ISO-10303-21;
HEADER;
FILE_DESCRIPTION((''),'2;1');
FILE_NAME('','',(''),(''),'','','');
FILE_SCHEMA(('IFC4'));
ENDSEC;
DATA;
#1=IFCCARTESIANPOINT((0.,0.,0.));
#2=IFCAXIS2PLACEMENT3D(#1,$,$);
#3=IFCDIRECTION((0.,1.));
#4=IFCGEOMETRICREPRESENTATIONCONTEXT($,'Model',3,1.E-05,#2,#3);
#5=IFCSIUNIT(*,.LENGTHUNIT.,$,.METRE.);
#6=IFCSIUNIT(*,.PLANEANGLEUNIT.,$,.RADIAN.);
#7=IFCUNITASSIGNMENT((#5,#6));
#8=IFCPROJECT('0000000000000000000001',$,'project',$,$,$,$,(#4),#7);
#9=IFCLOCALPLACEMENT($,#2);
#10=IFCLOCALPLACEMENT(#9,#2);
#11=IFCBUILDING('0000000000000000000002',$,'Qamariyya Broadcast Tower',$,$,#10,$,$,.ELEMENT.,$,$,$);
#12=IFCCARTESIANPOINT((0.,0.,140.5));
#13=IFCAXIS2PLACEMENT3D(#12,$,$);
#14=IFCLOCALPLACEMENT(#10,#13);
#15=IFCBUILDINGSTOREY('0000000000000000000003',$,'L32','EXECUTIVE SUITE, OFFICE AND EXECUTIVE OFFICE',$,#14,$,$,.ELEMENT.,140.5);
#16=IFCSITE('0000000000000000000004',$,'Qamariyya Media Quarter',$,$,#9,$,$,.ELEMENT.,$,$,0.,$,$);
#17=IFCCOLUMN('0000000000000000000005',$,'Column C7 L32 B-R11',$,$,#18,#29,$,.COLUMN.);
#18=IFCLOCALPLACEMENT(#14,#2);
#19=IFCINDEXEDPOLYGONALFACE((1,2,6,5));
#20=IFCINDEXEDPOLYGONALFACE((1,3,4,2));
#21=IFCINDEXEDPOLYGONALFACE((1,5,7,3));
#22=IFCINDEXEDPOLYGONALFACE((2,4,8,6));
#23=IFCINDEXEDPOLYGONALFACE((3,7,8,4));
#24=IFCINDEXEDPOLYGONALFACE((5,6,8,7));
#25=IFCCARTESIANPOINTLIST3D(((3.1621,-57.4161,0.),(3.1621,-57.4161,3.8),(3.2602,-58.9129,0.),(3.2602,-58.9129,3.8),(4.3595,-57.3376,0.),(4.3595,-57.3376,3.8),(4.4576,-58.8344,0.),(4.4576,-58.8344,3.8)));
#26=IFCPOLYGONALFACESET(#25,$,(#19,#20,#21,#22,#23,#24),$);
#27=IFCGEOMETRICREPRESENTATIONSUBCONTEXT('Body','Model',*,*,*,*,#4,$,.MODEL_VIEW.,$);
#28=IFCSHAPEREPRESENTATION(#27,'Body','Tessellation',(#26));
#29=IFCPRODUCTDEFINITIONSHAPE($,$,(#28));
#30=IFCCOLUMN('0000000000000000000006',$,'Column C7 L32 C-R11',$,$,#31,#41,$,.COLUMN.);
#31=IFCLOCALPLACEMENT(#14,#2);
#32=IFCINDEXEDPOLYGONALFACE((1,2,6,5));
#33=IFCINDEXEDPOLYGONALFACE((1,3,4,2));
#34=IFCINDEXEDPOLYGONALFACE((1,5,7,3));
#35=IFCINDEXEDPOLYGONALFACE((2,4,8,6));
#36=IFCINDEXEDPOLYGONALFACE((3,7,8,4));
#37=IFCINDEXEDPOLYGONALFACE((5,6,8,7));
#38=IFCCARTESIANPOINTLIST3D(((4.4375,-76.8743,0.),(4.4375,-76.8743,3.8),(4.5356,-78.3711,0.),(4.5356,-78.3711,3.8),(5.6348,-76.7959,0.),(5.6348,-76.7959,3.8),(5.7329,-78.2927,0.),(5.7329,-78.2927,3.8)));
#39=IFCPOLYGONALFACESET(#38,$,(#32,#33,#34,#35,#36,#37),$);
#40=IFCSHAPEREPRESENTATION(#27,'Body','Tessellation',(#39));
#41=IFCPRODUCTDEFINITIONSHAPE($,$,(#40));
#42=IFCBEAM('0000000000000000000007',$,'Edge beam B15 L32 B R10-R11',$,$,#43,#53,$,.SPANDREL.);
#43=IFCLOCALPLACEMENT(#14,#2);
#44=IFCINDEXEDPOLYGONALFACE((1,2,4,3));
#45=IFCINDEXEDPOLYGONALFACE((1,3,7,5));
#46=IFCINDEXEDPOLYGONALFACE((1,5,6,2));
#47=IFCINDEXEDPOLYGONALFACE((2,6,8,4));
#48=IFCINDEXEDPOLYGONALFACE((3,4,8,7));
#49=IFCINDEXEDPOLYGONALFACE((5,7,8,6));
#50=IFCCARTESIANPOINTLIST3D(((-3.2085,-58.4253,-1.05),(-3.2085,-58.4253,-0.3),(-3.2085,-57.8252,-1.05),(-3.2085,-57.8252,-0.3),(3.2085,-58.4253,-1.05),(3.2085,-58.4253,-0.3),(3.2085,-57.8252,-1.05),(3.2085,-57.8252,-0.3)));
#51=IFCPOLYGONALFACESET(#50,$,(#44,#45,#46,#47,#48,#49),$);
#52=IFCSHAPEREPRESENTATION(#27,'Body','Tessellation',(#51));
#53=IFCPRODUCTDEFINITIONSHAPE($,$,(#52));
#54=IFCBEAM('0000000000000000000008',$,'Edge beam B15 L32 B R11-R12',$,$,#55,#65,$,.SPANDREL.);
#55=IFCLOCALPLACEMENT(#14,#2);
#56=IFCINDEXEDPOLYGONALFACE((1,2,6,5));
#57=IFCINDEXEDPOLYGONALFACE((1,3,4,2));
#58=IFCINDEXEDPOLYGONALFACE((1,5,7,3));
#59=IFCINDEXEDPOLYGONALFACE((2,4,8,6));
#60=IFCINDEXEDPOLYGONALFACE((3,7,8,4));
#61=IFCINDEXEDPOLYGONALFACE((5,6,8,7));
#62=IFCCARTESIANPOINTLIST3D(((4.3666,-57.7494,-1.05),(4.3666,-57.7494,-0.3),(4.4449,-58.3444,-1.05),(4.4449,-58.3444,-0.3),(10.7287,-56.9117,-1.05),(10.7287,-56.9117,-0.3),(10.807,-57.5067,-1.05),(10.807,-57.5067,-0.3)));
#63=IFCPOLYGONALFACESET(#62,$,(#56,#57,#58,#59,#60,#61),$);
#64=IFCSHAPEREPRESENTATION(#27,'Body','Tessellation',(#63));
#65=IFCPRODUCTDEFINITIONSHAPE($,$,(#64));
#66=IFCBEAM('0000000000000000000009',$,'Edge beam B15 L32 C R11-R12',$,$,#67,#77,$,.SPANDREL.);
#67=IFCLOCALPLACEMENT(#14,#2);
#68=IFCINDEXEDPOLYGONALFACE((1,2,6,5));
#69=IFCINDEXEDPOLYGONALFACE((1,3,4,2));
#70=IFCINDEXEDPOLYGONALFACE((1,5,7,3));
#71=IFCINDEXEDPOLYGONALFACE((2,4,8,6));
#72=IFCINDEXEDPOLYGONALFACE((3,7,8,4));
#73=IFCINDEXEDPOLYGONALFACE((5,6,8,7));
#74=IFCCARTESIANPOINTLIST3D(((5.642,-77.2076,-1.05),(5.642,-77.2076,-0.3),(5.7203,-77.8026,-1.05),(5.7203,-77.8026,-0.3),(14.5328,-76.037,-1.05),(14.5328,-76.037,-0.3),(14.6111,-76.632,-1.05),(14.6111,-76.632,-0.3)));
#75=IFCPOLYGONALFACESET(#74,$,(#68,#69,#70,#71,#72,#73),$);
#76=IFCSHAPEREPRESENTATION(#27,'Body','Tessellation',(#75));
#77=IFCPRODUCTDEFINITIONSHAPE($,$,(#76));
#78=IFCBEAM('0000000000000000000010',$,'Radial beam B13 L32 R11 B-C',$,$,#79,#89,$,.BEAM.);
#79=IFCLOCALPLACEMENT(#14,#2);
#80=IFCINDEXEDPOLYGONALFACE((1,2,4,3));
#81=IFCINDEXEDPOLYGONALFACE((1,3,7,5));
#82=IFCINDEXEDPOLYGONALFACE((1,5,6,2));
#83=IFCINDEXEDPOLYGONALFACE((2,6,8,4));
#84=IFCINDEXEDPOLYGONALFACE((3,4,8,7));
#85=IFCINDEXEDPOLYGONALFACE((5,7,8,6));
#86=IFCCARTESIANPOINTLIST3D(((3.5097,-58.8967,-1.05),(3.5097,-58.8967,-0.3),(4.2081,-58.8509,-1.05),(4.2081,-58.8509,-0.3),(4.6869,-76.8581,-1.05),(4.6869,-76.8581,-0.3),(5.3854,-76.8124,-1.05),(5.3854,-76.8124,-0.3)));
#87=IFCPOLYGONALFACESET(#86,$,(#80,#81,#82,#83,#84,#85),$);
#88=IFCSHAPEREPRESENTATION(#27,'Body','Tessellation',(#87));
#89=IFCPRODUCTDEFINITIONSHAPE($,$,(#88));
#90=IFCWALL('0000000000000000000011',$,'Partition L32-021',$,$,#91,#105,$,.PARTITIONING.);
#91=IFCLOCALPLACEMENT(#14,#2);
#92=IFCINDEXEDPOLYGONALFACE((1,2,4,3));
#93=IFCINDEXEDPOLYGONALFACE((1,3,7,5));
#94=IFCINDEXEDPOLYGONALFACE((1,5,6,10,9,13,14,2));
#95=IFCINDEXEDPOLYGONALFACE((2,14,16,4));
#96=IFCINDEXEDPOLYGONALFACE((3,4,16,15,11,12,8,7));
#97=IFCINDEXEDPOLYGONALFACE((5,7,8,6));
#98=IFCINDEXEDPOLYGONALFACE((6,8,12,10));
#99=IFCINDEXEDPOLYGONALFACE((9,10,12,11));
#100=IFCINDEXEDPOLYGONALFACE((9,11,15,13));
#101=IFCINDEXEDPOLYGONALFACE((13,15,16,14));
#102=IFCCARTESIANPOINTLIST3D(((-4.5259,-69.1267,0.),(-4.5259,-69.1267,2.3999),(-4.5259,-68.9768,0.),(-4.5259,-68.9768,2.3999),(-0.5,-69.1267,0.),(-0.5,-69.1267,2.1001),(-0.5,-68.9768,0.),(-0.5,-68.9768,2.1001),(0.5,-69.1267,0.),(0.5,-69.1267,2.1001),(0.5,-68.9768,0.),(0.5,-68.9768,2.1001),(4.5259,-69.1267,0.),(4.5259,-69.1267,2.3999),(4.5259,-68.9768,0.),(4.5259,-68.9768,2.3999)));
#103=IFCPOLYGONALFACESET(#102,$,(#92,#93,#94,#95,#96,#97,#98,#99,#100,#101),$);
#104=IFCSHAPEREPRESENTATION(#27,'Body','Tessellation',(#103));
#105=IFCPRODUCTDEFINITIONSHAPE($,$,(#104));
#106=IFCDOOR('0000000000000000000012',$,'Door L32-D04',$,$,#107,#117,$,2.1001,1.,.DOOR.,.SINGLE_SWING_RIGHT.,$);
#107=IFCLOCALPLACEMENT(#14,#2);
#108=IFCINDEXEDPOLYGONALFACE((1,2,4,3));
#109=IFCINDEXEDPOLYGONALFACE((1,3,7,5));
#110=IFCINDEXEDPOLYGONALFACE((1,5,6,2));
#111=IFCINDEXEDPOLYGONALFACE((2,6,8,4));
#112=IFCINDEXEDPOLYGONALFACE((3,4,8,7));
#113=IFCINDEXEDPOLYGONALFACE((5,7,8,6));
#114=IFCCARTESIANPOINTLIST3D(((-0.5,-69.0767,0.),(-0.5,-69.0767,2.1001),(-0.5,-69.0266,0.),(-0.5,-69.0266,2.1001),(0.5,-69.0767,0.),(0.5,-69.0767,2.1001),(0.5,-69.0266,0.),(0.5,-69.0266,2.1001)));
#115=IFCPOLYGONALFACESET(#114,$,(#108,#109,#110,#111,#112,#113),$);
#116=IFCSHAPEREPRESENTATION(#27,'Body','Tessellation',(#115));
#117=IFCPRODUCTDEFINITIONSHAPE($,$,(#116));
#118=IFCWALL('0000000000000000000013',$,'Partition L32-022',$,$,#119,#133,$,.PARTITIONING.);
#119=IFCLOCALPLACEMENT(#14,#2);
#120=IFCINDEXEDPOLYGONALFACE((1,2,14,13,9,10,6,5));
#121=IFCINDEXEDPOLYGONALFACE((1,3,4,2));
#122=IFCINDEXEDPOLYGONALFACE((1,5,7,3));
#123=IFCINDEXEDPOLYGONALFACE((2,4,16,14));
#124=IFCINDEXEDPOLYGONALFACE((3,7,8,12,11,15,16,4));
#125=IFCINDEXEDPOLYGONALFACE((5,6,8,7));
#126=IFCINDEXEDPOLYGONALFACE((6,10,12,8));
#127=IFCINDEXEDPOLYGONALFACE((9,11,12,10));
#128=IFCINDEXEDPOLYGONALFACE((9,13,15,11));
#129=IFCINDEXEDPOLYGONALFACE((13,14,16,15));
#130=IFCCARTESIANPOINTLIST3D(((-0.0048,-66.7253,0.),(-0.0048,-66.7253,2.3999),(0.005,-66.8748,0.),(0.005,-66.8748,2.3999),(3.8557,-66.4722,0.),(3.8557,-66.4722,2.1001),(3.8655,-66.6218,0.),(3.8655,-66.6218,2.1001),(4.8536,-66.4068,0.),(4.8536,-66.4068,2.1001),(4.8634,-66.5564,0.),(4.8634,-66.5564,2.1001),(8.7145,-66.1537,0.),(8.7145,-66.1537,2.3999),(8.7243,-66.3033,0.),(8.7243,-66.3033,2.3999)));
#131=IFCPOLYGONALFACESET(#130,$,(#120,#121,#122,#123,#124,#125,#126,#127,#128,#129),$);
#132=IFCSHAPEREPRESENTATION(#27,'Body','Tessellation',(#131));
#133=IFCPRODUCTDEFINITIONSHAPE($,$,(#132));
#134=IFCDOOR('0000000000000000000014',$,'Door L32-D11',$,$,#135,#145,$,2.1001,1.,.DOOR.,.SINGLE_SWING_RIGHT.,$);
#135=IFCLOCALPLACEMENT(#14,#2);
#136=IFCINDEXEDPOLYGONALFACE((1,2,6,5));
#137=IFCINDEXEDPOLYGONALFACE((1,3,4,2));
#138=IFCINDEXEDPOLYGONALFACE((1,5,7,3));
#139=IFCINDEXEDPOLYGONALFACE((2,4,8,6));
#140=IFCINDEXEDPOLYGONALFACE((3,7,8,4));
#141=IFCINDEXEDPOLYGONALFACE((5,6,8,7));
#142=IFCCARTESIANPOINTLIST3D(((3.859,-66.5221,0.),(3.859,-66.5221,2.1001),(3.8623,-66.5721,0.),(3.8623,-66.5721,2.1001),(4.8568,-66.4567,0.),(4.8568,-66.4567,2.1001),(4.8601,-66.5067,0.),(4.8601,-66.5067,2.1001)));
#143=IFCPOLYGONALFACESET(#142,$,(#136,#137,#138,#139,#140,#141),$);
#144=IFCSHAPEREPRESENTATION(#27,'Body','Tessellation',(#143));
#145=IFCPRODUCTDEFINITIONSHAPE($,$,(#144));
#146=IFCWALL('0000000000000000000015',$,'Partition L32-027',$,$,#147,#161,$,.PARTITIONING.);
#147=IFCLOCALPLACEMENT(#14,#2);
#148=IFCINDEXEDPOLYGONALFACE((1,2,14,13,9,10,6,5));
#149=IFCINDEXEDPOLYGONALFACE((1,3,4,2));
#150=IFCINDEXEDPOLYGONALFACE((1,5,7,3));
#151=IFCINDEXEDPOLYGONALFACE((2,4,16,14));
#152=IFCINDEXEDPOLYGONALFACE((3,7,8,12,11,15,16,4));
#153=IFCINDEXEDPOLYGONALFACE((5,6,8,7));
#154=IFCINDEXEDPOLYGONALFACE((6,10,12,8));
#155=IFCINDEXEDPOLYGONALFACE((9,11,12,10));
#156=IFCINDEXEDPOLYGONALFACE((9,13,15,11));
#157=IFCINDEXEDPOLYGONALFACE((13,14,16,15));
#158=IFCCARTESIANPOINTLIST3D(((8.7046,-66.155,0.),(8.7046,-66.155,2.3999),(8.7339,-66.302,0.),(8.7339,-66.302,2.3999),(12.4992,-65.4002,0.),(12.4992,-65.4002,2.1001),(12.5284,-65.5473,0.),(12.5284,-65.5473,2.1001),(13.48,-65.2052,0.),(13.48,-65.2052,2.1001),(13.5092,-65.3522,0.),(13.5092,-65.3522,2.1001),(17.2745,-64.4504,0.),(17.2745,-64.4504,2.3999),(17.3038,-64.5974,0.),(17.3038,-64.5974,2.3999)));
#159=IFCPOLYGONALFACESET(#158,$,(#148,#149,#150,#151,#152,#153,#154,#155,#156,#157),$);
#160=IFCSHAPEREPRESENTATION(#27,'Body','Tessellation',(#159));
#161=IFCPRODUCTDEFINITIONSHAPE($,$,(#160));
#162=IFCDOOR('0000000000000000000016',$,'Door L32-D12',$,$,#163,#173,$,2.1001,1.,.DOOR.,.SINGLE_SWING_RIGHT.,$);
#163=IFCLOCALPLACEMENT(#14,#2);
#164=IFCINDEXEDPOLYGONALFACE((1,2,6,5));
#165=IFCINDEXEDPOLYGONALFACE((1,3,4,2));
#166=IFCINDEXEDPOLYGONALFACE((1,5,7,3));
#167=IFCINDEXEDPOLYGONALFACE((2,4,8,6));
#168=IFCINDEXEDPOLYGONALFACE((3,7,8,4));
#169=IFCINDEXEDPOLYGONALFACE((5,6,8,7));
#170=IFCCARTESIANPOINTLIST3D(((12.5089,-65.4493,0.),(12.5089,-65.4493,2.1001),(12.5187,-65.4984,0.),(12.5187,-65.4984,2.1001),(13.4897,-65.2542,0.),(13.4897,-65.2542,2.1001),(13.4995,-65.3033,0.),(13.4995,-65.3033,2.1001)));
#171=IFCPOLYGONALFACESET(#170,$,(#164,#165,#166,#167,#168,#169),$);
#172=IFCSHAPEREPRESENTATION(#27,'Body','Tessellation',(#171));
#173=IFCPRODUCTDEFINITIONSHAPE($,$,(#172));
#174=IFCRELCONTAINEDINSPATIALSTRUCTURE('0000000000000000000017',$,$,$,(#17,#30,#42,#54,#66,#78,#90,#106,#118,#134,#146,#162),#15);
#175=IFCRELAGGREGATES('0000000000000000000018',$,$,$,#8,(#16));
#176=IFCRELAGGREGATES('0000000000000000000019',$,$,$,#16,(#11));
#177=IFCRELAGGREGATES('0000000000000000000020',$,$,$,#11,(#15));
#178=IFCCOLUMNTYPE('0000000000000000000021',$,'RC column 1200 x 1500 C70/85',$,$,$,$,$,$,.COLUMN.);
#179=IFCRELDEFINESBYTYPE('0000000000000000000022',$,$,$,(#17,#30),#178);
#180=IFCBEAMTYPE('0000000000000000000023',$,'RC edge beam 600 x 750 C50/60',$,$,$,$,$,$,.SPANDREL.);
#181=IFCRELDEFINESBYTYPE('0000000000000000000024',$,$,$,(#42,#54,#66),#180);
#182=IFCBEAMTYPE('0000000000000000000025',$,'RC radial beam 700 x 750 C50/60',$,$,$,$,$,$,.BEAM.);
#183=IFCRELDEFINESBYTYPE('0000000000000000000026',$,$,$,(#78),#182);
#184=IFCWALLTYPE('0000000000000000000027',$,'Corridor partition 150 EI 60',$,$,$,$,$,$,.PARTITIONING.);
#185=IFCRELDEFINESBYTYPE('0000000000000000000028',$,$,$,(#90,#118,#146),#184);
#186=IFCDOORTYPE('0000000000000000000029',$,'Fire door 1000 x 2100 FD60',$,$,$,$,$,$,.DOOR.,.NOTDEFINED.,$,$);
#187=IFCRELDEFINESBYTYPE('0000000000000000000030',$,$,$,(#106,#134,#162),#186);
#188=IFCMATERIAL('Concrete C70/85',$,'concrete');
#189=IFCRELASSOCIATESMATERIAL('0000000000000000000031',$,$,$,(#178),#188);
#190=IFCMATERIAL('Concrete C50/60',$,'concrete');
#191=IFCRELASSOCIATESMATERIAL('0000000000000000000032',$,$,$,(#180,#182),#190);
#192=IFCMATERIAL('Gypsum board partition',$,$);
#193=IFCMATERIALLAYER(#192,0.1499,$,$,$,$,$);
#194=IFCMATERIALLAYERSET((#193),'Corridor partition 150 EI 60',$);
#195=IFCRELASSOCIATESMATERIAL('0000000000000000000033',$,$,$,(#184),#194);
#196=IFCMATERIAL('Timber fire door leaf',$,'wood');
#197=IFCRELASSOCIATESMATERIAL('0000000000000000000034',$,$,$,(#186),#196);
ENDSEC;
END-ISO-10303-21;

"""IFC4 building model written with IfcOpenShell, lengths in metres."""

from ifc_helpers import new_model, si_unit, direction, frame, frame_2d, origin, origin_2d, place, context, subcontext, project, spatial, rectangle, extrude, material, layer, layer_set, material_profile, profile_set, type_object, element, fill, save


model = new_model("IFC4")

# Units and contexts
model_context = context("Model", 3, precision=1e-05, world=origin(), true_north=direction((0.0, 1.0)))
body_context = subcontext(model_context, "Body", "Model", "MODEL_VIEW")
ifc_project = project(units=[si_unit("LENGTHUNIT", "METRE"), si_unit("PLANEANGLEUNIT", "RADIAN")], contexts=[model_context])

# Site, building, storey
site_placement = place(None, origin())
site = spatial("IfcSite", under=ifc_project, at=site_placement, Name="Qamariyya Media Quarter", CompositionType="ELEMENT", RefElevation=0.0)
building_placement = place(site_placement, origin())
building = spatial("IfcBuilding", under=site, at=building_placement, Name="Qamariyya Broadcast Tower", CompositionType="ELEMENT")
storey_placement = place(building_placement, frame((0.0, 0.0, 140.5)))
storey = spatial("IfcBuildingStorey", under=building, at=storey_placement, Name="L32", Description="EXECUTIVE SUITE, OFFICE AND EXECUTIVE OFFICE", CompositionType="ELEMENT", Elevation=140.5)

# Columns
ifc_material_1 = material(Name="Concrete C70/85", Category="concrete")
ifc_material_profile_1 = material_profile(ifc_material_1, rectangle(XDim=1.2, YDim=1.5, at=origin_2d()))
ifc_profile_set_1 = profile_set([ifc_material_profile_1], Name="Concrete C70/85")
column_type = type_object("IfcColumnType", Name="RC column 1200 x 1500 C70/85", PredefinedType="COLUMN", material=ifc_profile_set_1)
for number, where, z_axis, x_axis, name in (
    (1, (3.8098, -58.1252, 0.0), (0.0, 0.0, 1.0), (0.997859, 0.065403, 0.0), "Column C7 L32 B-R11"),
    (2, (5.0852, -77.5835, 0.0), (0.0, 0.0, 1.0), (0.997859, 0.065403, 0.0), "Column C7 L32 C-R11"),
):
    element("IfcColumn", number, at=place(storey_placement, frame(where, z_axis=z_axis, x_axis=x_axis)), inside=storey, type_object=column_type, Name=name, PredefinedType="COLUMN", context=body_context, shape_type="SweptSolid", body=[
        extrude(rectangle(XDim=1.2, YDim=1.5, at=origin_2d()), origin(), (0.0, 0.0, 1.0), 3.8),
    ])

# Beams
ifc_material_2 = material(Name="Concrete C50/60", Category="concrete")
ifc_material_profile_2 = material_profile(ifc_material_2, rectangle(XDim=0.6001, YDim=0.75, at=origin_2d()))
ifc_profile_set_2 = profile_set([ifc_material_profile_2], Name="Concrete C50/60")
beam_type_1 = type_object("IfcBeamType", Name="RC edge beam 600 x 750 C50/60", PredefinedType="SPANDREL", material=ifc_profile_set_2)
for number, where, z_axis, x_axis, name in (
    (3, (-3.2085, -58.1252, -0.675), (1.0, 0.0, 0.0), (0.0, 1.0, 0.0), "Edge beam B15 L32 B R10-R11"),
    (4, (4.4058, -58.0469, -0.675), (0.991444, 0.130536, 0.0), (-0.130536, 0.991444, 0.0), "Edge beam B15 L32 B R11-R12"),
):
    element("IfcBeam", number, at=place(storey_placement, frame(where, z_axis=z_axis, x_axis=x_axis)), inside=storey, type_object=beam_type_1, Name=name, PredefinedType="SPANDREL", context=body_context, shape_type="SweptSolid", body=[
        extrude(rectangle(XDim=0.6001, YDim=0.75, at=origin_2d()), origin(), (0.0, 0.0, 1.0), 6.417),
    ])
beam_1_placement = place(storey_placement, frame((5.6812, -77.5051, -0.675), z_axis=(0.991443, 0.130543, 0.0), x_axis=(-0.130543, 0.991443, 0.0)))
element("IfcBeam", 5, at=beam_1_placement, inside=storey, type_object=beam_type_1, Name="Edge beam B15 L32 C R11-R12", PredefinedType="SPANDREL", context=body_context, shape_type="SweptSolid", body=[
    extrude(rectangle(XDim=0.6001, YDim=0.75, at=origin_2d()), origin(), (0.0, 0.0, 1.0), 8.9675),
])
ifc_material_profile_3 = material_profile(ifc_material_2, rectangle(XDim=0.7, YDim=0.75, at=origin_2d()))
ifc_profile_set_3 = profile_set([ifc_material_profile_3], Name="Concrete C50/60")
beam_type_2 = type_object("IfcBeamType", Name="RC radial beam 700 x 750 C50/60", PredefinedType="BEAM", material=ifc_profile_set_3)
beam_2_placement = place(storey_placement, frame((3.8589, -58.8738, -0.675), z_axis=(0.065403, -0.997859, 0.0), x_axis=(0.997859, 0.065403, 0.0)))
element("IfcBeam", 6, at=beam_2_placement, inside=storey, type_object=beam_type_2, Name="Radial beam B13 L32 R11 B-C", PredefinedType="BEAM", context=body_context, shape_type="SweptSolid", body=[
    extrude(rectangle(XDim=0.7, YDim=0.75, at=origin_2d()), origin(), (0.0, 0.0, 1.0), 18.0),
])

# Walls, openings, doors
ifc_material_3 = material(Name="Gypsum board partition")
ifc_layer_1 = layer(ifc_material_3, 0.1499)
ifc_layer_set_1 = layer_set([ifc_layer_1], Name="Corridor partition 150 EI 60")
wall_type_1 = type_object("IfcWallType", Name="Corridor partition 150 EI 60", PredefinedType="PARTITIONING", material=ifc_layer_set_1)
wall_1_placement = place(storey_placement, frame((4.5259, -69.0518, 0.0), z_axis=(0.0, 0.0, 1.0), x_axis=(-1.0, 0.0, 0.0)))
wall_1 = element("IfcWall", 7, at=wall_1_placement, inside=storey, type_object=wall_type_1, Name="Partition L32-021", PredefinedType="PARTITIONING", context=body_context, shape_type="SweptSolid", body=[
    extrude(rectangle(XDim=9.0518, YDim=0.1499, at=frame_2d((4.5259, 0.0))), origin(), (0.0, 0.0, 1.0), 2.3999),
])
opening_1_placement = place(wall_1_placement, frame((4.0259, 0.0, 0.0)))
opening_1 = element("IfcOpeningElement", 8, at=opening_1_placement, cuts=wall_1, PredefinedType="OPENING", context=body_context, shape_type="SweptSolid", body=[
    extrude(rectangle(XDim=1.0, YDim=2.1001, at=frame_2d((0.5, 1.05))), frame((0.0, 0.085, 0.0), z_axis=(0.0, -1.0, 0.0), x_axis=(1.0, 0.0, 0.0)), (0.0, 0.0, 1.0), 0.1699),
])
ifc_material_4 = material(Name="Timber fire door leaf", Category="wood")
door_type = type_object("IfcDoorType", Name="Fire door 1000 x 2100 FD60", OperationType="NOTDEFINED", PredefinedType="DOOR", material=ifc_material_4)
door_1_placement = place(opening_1_placement, origin())
door_1 = element("IfcDoor", 9, at=door_1_placement, inside=storey, type_object=door_type, Name="Door L32-D04", OperationType="SINGLE_SWING_RIGHT", OverallHeight=2.1001, OverallWidth=1.0, PredefinedType="DOOR", context=body_context, shape_type="SweptSolid", body=[
    extrude(rectangle(XDim=1.0, YDim=2.1001, at=frame_2d((0.5, 1.05))), frame((0.0, 0.0249, 0.0), z_axis=(0.0, -1.0, 0.0), x_axis=(1.0, 0.0, 0.0)), (0.0, 0.0, 1.0), 0.05),
])
fill(opening_1, door_1)
wall_2_placement = place(storey_placement, frame((0.0, -66.8, 0.0), z_axis=(0.0, 0.0, 1.0), x_axis=(0.997859, 0.065408, 0.0)))
wall_2 = element("IfcWall", 10, at=wall_2_placement, inside=storey, type_object=wall_type_1, Name="Partition L32-022", PredefinedType="PARTITIONING", context=body_context, shape_type="SweptSolid", body=[
    extrude(rectangle(XDim=8.738, YDim=0.1499, at=frame_2d((4.3691, 0.0))), origin(), (0.0, 0.0, 1.0), 2.3999),
])
opening_2_placement = place(wall_2_placement, frame((3.8689, 0.0, 0.0)))
opening_2 = element("IfcOpeningElement", 11, at=opening_2_placement, cuts=wall_2, PredefinedType="OPENING", context=body_context, shape_type="SweptSolid", body=[
    extrude(rectangle(XDim=1.0, YDim=2.1001, at=frame_2d((0.5, 1.05))), frame((0.0, 0.085, 0.0), z_axis=(0.0, -1.0, 0.0), x_axis=(1.0, 0.0, 0.0)), (0.0, 0.0, 1.0), 0.1699),
])
door_2_placement = place(opening_2_placement, origin())
door_2 = element("IfcDoor", 12, at=door_2_placement, inside=storey, type_object=door_type, Name="Door L32-D11", OperationType="SINGLE_SWING_RIGHT", OverallHeight=2.1001, OverallWidth=1.0, PredefinedType="DOOR", context=body_context, shape_type="SweptSolid", body=[
    extrude(rectangle(XDim=1.0, YDim=2.1001, at=frame_2d((0.5, 1.05))), frame((0.0, 0.0249, 0.0), z_axis=(0.0, -1.0, 0.0), x_axis=(1.0, 0.0, 0.0)), (0.0, 0.0, 1.0), 0.05),
])
fill(opening_2, door_2)
wall_3_placement = place(storey_placement, frame((8.7192, -66.2285, 0.0), z_axis=(0.0, 0.0, 1.0), x_axis=(0.980786, 0.195084, 0.0)))
wall_3 = element("IfcWall", 13, at=wall_3_placement, inside=storey, type_object=wall_type_1, Name="Partition L32-027", PredefinedType="PARTITIONING", context=body_context, shape_type="SweptSolid", body=[
    extrude(rectangle(XDim=8.7378, YDim=0.1499, at=frame_2d((4.3689, 0.0))), origin(), (0.0, 0.0, 1.0), 2.3999),
])
opening_3_placement = place(wall_3_placement, frame((3.8689, 0.0, 0.0)))
opening_3 = element("IfcOpeningElement", 14, at=opening_3_placement, cuts=wall_3, PredefinedType="OPENING", context=body_context, shape_type="SweptSolid", body=[
    extrude(rectangle(XDim=1.0, YDim=2.1001, at=frame_2d((0.5, 1.05))), frame((0.0, 0.085, 0.0), z_axis=(0.0, -1.0, 0.0), x_axis=(1.0, 0.0, 0.0)), (0.0, 0.0, 1.0), 0.1699),
])
door_3_placement = place(opening_3_placement, origin())
door_3 = element("IfcDoor", 15, at=door_3_placement, inside=storey, type_object=door_type, Name="Door L32-D12", OperationType="SINGLE_SWING_RIGHT", OverallHeight=2.1001, OverallWidth=1.0, PredefinedType="DOOR", context=body_context, shape_type="SweptSolid", body=[
    extrude(rectangle(XDim=1.0, YDim=2.1001, at=frame_2d((0.5, 1.05))), frame((0.0, 0.0249, 0.0), z_axis=(0.0, -1.0, 0.0), x_axis=(1.0, 0.0, 0.0)), (0.0, 0.0, 1.0), 0.05),
])
fill(opening_3, door_3)

save(model, "model.ifc")
